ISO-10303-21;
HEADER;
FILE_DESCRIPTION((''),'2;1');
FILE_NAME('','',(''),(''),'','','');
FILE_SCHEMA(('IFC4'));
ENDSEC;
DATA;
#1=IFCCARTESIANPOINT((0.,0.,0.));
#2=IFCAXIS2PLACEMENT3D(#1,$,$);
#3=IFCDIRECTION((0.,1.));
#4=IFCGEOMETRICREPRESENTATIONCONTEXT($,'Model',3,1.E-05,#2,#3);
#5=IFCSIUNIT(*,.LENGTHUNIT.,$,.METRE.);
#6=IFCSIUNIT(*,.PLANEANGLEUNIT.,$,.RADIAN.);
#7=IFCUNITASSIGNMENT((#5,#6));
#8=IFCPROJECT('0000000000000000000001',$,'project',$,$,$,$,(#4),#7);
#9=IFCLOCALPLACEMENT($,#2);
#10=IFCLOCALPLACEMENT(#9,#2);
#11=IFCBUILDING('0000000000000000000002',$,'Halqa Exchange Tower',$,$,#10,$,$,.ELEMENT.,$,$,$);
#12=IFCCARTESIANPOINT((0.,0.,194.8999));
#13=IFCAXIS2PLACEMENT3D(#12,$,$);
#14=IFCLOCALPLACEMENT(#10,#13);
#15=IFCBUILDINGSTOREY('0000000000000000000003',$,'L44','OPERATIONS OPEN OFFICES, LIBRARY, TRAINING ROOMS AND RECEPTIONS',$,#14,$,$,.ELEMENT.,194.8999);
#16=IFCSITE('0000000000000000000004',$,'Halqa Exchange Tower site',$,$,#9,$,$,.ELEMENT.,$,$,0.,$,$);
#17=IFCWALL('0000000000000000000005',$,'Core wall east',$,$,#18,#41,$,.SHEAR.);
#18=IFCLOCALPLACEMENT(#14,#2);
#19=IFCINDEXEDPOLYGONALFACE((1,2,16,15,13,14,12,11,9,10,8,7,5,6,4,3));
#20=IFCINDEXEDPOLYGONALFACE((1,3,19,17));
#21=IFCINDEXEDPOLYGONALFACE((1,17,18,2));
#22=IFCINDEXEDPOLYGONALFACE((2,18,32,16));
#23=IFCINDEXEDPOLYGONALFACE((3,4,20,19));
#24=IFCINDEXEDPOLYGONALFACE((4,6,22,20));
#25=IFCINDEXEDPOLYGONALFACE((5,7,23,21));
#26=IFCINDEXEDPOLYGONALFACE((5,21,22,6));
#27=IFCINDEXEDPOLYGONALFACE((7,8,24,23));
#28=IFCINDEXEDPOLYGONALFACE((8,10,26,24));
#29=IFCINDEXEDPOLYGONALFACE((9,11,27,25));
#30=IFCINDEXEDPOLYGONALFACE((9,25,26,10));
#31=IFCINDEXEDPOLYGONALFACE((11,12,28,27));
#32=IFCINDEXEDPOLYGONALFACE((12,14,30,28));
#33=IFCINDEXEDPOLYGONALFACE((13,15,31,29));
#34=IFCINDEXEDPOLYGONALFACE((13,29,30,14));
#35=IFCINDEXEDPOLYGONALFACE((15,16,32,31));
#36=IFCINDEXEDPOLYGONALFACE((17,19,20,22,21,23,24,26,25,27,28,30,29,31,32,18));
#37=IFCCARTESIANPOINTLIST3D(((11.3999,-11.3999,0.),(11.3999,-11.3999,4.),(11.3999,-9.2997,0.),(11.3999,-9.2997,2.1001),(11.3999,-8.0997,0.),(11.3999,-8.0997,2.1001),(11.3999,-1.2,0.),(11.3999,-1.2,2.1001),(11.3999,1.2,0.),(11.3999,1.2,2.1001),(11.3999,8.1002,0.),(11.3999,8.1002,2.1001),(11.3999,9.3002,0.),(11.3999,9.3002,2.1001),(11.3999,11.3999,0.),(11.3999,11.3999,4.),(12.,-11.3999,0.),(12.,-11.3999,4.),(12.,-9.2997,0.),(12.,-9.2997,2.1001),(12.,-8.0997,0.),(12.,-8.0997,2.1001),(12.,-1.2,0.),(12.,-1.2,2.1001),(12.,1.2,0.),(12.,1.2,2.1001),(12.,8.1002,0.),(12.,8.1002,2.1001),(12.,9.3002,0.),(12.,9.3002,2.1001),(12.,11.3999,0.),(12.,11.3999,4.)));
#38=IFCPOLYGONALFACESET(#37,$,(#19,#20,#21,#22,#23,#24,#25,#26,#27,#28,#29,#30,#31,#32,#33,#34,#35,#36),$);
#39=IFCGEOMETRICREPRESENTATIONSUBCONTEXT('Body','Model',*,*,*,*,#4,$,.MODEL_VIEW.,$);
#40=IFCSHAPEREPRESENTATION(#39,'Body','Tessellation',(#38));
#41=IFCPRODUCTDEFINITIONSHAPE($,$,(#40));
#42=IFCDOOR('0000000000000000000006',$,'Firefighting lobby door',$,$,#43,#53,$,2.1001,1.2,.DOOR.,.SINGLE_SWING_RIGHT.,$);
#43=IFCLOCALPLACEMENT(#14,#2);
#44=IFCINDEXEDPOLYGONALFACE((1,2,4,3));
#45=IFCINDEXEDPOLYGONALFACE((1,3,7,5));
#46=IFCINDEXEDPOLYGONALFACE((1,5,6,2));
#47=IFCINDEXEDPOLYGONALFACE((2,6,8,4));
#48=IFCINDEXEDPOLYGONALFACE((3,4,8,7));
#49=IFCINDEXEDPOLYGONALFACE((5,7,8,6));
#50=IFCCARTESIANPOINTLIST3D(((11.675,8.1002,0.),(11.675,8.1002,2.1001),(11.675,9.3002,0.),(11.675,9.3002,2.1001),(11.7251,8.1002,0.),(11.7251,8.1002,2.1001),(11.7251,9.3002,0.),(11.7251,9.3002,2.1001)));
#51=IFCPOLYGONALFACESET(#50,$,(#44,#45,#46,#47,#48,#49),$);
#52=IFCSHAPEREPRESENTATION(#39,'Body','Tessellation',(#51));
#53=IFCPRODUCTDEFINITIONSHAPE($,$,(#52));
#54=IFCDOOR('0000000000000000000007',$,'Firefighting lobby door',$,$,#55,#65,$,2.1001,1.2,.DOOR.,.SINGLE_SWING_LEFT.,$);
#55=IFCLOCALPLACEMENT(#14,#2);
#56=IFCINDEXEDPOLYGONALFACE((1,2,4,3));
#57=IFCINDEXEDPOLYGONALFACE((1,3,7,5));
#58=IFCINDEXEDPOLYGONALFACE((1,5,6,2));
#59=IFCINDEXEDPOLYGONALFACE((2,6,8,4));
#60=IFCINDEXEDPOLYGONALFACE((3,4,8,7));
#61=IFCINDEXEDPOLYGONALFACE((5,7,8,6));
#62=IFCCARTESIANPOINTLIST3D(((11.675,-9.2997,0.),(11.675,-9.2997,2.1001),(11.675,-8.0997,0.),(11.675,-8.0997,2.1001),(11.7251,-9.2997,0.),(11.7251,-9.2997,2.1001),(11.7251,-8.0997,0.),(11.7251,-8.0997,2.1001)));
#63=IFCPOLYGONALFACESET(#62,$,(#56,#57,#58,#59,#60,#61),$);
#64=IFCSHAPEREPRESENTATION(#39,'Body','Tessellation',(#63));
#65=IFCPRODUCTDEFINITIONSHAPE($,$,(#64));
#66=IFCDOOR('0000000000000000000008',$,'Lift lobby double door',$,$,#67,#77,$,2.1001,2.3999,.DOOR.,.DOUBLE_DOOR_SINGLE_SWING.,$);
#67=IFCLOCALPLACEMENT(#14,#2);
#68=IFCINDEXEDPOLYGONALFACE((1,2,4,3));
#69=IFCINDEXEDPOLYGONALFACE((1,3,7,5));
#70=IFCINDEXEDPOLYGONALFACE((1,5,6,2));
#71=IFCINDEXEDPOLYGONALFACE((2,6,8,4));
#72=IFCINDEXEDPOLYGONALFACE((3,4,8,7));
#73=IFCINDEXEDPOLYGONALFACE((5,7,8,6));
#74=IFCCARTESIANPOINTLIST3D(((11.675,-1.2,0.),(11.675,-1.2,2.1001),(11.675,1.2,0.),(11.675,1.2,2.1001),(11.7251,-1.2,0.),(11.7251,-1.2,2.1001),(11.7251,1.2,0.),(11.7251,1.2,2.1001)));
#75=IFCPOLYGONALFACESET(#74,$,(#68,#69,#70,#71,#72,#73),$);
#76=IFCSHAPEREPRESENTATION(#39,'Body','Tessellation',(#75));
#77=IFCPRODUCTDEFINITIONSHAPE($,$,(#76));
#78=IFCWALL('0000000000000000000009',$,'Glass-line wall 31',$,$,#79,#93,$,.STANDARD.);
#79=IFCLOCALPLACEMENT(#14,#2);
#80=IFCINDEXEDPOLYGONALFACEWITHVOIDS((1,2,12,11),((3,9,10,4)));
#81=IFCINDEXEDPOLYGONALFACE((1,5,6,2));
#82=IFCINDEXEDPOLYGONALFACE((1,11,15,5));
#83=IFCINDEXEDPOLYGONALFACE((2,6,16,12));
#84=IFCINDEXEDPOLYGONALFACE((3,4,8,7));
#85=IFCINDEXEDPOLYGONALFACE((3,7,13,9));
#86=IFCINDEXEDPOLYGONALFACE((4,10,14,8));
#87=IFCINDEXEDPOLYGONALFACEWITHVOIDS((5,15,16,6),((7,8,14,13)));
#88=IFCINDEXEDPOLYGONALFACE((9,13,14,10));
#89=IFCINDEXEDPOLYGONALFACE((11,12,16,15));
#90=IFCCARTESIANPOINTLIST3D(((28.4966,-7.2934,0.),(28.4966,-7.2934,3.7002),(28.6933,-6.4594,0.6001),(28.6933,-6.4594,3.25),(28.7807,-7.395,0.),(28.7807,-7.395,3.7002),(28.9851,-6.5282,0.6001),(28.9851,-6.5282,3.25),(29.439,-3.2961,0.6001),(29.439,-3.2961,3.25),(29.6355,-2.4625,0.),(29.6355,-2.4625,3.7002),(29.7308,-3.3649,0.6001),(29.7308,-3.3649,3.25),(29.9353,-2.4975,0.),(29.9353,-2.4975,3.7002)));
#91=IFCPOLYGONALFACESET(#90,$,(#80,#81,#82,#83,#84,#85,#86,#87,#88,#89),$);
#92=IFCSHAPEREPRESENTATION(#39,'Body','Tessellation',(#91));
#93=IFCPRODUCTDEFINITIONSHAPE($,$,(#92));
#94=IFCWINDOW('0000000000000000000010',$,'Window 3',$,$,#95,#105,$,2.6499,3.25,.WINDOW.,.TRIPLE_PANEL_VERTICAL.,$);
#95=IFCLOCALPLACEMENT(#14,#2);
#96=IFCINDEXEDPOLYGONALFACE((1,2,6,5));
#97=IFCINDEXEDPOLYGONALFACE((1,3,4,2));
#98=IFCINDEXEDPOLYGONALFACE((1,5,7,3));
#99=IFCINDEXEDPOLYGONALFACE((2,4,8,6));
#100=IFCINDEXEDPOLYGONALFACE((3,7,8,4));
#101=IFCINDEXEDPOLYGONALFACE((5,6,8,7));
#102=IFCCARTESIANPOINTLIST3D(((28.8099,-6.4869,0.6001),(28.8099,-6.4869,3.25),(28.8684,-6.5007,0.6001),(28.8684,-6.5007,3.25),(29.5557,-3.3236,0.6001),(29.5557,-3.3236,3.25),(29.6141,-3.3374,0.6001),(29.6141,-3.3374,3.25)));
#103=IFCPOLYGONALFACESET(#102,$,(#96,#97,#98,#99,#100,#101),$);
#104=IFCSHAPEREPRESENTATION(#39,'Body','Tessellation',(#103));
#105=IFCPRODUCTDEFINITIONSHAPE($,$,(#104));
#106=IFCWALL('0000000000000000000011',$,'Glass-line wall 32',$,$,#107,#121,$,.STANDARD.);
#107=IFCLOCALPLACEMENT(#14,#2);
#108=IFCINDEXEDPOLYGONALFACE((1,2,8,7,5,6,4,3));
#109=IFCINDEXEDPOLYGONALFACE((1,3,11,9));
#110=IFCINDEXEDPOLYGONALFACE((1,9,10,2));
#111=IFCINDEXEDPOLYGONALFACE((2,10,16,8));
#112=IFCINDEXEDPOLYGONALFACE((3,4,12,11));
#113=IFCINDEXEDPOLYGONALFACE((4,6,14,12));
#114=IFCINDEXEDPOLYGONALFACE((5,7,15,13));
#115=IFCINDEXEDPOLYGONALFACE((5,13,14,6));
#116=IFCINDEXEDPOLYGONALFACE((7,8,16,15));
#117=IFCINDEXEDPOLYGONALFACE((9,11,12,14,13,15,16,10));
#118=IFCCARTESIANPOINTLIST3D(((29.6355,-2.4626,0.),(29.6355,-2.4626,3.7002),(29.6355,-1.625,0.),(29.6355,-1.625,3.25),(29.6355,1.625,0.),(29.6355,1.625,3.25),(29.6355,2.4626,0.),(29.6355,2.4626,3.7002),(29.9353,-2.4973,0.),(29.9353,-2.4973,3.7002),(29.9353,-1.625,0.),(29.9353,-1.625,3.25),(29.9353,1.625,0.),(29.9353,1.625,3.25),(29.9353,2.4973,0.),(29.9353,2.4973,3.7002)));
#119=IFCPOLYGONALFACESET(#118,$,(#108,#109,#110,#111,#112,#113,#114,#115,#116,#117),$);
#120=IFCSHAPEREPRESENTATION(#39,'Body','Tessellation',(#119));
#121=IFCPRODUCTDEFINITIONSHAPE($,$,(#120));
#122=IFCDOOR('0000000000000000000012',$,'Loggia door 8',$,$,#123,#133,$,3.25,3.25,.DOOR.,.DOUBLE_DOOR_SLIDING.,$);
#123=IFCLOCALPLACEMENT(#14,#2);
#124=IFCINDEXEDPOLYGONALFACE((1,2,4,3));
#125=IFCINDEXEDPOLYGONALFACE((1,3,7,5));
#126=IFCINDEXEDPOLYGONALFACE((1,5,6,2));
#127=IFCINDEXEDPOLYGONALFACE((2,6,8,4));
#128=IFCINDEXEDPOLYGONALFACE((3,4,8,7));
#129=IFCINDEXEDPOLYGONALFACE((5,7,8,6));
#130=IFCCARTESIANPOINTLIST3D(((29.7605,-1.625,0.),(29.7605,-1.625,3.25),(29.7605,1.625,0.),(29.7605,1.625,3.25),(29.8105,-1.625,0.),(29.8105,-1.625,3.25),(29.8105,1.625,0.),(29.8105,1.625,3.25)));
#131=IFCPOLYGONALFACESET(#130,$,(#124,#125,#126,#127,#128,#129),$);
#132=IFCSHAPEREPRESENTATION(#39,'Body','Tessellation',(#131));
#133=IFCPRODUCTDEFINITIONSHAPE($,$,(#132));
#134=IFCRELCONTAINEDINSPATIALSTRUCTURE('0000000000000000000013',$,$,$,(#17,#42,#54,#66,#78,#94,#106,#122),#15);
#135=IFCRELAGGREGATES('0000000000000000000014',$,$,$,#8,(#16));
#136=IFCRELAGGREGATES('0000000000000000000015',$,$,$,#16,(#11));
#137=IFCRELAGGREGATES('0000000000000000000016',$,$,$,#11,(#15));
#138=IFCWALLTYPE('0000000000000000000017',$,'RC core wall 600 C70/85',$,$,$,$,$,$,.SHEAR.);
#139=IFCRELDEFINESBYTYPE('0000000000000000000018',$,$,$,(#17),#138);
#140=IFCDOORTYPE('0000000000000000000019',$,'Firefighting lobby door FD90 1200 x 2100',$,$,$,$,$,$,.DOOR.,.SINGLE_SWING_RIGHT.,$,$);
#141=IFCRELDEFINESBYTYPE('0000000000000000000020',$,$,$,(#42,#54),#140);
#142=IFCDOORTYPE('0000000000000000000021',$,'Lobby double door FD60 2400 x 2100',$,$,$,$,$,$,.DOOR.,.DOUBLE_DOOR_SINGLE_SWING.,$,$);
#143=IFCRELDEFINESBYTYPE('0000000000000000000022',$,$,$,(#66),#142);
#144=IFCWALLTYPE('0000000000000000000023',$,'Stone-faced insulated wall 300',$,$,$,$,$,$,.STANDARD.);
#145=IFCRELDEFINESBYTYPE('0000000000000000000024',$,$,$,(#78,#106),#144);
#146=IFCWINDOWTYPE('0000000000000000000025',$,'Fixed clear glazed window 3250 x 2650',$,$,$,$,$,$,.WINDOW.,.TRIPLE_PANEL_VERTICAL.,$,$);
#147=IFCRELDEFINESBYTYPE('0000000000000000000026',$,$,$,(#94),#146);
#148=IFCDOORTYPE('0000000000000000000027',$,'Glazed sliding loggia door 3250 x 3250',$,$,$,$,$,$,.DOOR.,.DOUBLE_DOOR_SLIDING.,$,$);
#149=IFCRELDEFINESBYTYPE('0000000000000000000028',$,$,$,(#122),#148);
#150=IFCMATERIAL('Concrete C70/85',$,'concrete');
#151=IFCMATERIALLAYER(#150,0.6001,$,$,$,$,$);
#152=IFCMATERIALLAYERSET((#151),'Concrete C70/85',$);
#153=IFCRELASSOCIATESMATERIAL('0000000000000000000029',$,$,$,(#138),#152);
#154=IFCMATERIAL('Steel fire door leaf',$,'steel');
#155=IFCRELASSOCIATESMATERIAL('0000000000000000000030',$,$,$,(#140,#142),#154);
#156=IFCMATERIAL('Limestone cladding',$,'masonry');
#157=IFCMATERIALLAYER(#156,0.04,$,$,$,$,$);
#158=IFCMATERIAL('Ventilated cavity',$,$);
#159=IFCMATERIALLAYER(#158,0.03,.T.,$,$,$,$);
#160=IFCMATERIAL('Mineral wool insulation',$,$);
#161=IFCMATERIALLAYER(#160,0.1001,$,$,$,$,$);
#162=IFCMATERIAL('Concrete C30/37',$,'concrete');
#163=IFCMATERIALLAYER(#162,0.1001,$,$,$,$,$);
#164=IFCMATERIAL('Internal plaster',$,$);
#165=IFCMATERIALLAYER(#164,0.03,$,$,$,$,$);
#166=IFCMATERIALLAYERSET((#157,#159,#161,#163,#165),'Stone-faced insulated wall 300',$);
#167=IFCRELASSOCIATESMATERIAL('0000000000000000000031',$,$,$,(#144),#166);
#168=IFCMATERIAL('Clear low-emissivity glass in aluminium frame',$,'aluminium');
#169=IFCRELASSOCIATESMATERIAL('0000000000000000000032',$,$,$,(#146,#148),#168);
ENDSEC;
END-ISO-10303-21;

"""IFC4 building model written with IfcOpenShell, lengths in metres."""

from ifc_helpers import new_model, si_unit, direction, frame, frame_2d, origin, place, context, subcontext, project, spatial, polyline, rectangle, outline, extrude, material, layer, layer_set, type_object, element, fill, save


model = new_model("IFC4")

# Units and contexts
model_context = context("Model", 3, precision=1e-05, world=origin(), true_north=direction((0.0, 1.0)))
body_context = subcontext(model_context, "Body", "Model", "MODEL_VIEW")
ifc_project = project(units=[si_unit("LENGTHUNIT", "METRE"), si_unit("PLANEANGLEUNIT", "RADIAN")], contexts=[model_context])

# Site, building, storey
site_placement = place(None, origin())
site = spatial("IfcSite", under=ifc_project, at=site_placement, Name="Halqa Exchange Tower site", CompositionType="ELEMENT", RefElevation=0.0)
building_placement = place(site_placement, origin())
building = spatial("IfcBuilding", under=site, at=building_placement, Name="Halqa Exchange Tower", CompositionType="ELEMENT")
storey_placement = place(building_placement, frame((0.0, 0.0, 194.8999)))
storey = spatial("IfcBuildingStorey", under=building, at=storey_placement, Name="L44", Description="OPERATIONS OPEN OFFICES, LIBRARY, TRAINING ROOMS AND RECEPTIONS", CompositionType="ELEMENT", Elevation=194.8999)

# Shared definitions
ifc_material_1 = material(Name="Steel fire door leaf", Category="steel")

# Wall, openings, doors
ifc_material_2 = material(Name="Concrete C70/85", Category="concrete")
ifc_layer_1 = layer(ifc_material_2, 0.6001)
ifc_layer_set_1 = layer_set([ifc_layer_1], Name="Concrete C70/85")
wall_type_1 = type_object("IfcWallType", Name="RC core wall 600 C70/85", PredefinedType="SHEAR", material=ifc_layer_set_1)
wall_1_placement = place(storey_placement, frame((11.7, -11.3999, 0.0), z_axis=(0.0, 0.0, 1.0), x_axis=(0.0, 1.0, 0.0)))
wall_1 = element("IfcWall", 1, at=wall_1_placement, inside=storey, type_object=wall_type_1, Name="Core wall east", PredefinedType="SHEAR", context=body_context, shape_type="SweptSolid", body=[
    extrude(rectangle(XDim=22.7998, YDim=0.6001, at=frame_2d((11.3999, 0.0))), origin(), (0.0, 0.0, 1.0), 4.0),
])
opening_1_placement = place(wall_1_placement, frame((10.2, 0.0, 0.0)))
opening_1 = element("IfcOpeningElement", 2, at=opening_1_placement, cuts=wall_1, PredefinedType="OPENING", context=body_context, shape_type="SweptSolid", body=[
    extrude(rectangle(XDim=2.3999, YDim=2.1001, at=frame_2d((1.2, 1.05))), frame((0.0, 0.312, 0.0), z_axis=(0.0, -1.0, 0.0), x_axis=(1.0, 0.0, 0.0)), (0.0, 0.0, 1.0), 0.624),
])
opening_2_placement = place(wall_1_placement, frame((19.5, 0.0, 0.0)))
opening_2 = element("IfcOpeningElement", 3, at=opening_2_placement, cuts=wall_1, PredefinedType="OPENING", context=body_context, shape_type="SweptSolid", body=[
    extrude(rectangle(XDim=1.2, YDim=2.1001, at=frame_2d((0.6001, 1.05))), frame((0.0, 0.312, 0.0), z_axis=(0.0, -1.0, 0.0), x_axis=(1.0, 0.0, 0.0)), (0.0, 0.0, 1.0), 0.624),
])
opening_3_placement = place(wall_1_placement, frame((2.1001, 0.0, 0.0)))
opening_3 = element("IfcOpeningElement", 4, at=opening_3_placement, cuts=wall_1, PredefinedType="OPENING", context=body_context, shape_type="SweptSolid", body=[
    extrude(rectangle(XDim=1.2, YDim=2.1001, at=frame_2d((0.6001, 1.05))), frame((0.0, 0.312, 0.0), z_axis=(0.0, -1.0, 0.0), x_axis=(1.0, 0.0, 0.0)), (0.0, 0.0, 1.0), 0.624),
])
door_type_1 = type_object("IfcDoorType", Name="Firefighting lobby door FD90 1200 x 2100", OperationType="SINGLE_SWING_RIGHT", PredefinedType="DOOR", material=ifc_material_1)
door_1_placement = place(opening_2_placement, origin())
door_1 = element("IfcDoor", 5, at=door_1_placement, inside=storey, type_object=door_type_1, Name="Firefighting lobby door", OperationType="SINGLE_SWING_RIGHT", OverallHeight=2.1001, OverallWidth=1.2, PredefinedType="DOOR", context=body_context, shape_type="SweptSolid", body=[
    extrude(rectangle(XDim=1.2, YDim=2.1001, at=frame_2d((0.6001, 1.05))), frame((0.0, 0.0249, 0.0), z_axis=(0.0, -1.0, 0.0), x_axis=(1.0, 0.0, 0.0)), (0.0, 0.0, 1.0), 0.05),
])
fill(opening_2, door_1)
door_2_placement = place(opening_3_placement, origin())
door_2 = element("IfcDoor", 6, at=door_2_placement, inside=storey, type_object=door_type_1, Name="Firefighting lobby door", OperationType="SINGLE_SWING_LEFT", OverallHeight=2.1001, OverallWidth=1.2, PredefinedType="DOOR", context=body_context, shape_type="SweptSolid", body=[
    extrude(rectangle(XDim=1.2, YDim=2.1001, at=frame_2d((0.6001, 1.05))), frame((0.0, 0.0249, 0.0), z_axis=(0.0, -1.0, 0.0), x_axis=(1.0, 0.0, 0.0)), (0.0, 0.0, 1.0), 0.05),
])
fill(opening_3, door_2)
door_type_2 = type_object("IfcDoorType", Name="Lobby double door FD60 2400 x 2100", OperationType="DOUBLE_DOOR_SINGLE_SWING", PredefinedType="DOOR", material=ifc_material_1)
door_3_placement = place(opening_1_placement, origin())
door_3 = element("IfcDoor", 7, at=door_3_placement, inside=storey, type_object=door_type_2, Name="Lift lobby double door", OperationType="DOUBLE_DOOR_SINGLE_SWING", OverallHeight=2.1001, OverallWidth=2.3999, PredefinedType="DOOR", context=body_context, shape_type="SweptSolid", body=[
    extrude(rectangle(XDim=2.3999, YDim=2.1001, at=frame_2d((1.2, 1.05))), frame((0.0, 0.0249, 0.0), z_axis=(0.0, -1.0, 0.0), x_axis=(1.0, 0.0, 0.0)), (0.0, 0.0, 1.0), 0.05),
])
fill(opening_1, door_3)

# Wall, opening, window
ifc_material_3 = material(Name="Limestone cladding", Category="masonry")
ifc_layer_2 = layer(ifc_material_3, 0.04)
ifc_material_4 = material(Name="Ventilated cavity")
ifc_layer_3 = layer(ifc_material_4, 0.03, ventilated=True)
ifc_material_5 = material(Name="Mineral wool insulation")
ifc_layer_4 = layer(ifc_material_5, 0.1001)
ifc_material_6 = material(Name="Concrete C30/37", Category="concrete")
ifc_layer_5 = layer(ifc_material_6, 0.1001)
ifc_material_7 = material(Name="Internal plaster")
ifc_layer_6 = layer(ifc_material_7, 0.03)
ifc_layer_set_2 = layer_set([ifc_layer_2, ifc_layer_3, ifc_layer_4, ifc_layer_5, ifc_layer_6], Name="Stone-faced insulated wall 300")
wall_type_2 = type_object("IfcWallType", Name="Stone-faced insulated wall 300", PredefinedType="STANDARD", material=ifc_layer_set_2)
wall_2_placement = place(storey_placement, frame((28.6387, -7.3442, 0.0), z_axis=(0.0, 0.0, 1.0), x_axis=(0.229456, 0.973319, 0.0)))
wall_2 = element("IfcWall", 8, at=wall_2_placement, inside=storey, type_object=wall_type_2, Name="Glass-line wall 31", PredefinedType="STANDARD", context=body_context, shape_type="SweptSolid", body=[
    extrude(outline(polyline([(-0.0168, -0.1499), (5.0149, -0.1499), (4.9802, 0.1499), (0.0168, 0.1499), (-0.0168, -0.1499)])), origin(), (0.0, 0.0, 1.0), 3.7002),
])
opening_4_placement = place(wall_2_placement, frame((0.8738, 0.0, 0.6001)))
opening_4 = element("IfcOpeningElement", 9, at=opening_4_placement, cuts=wall_2, PredefinedType="OPENING", context=body_context, shape_type="SweptSolid", body=[
    extrude(rectangle(XDim=3.25, YDim=2.6499, at=frame_2d((1.625, 1.325))), frame((0.0, 0.1621, 0.0), z_axis=(0.0, -1.0, 0.0), x_axis=(1.0, 0.0, 0.0)), (0.0, 0.0, 1.0), 0.324),
])
ifc_material_8 = material(Name="Clear low-emissivity glass in aluminium frame", Category="aluminium")
window_type = type_object("IfcWindowType", Name="Fixed clear glazed window 3250 x 2650", PartitioningType="TRIPLE_PANEL_VERTICAL", PredefinedType="WINDOW", material=ifc_material_8)
window_placement = place(opening_4_placement, origin())
window = element("IfcWindow", 10, at=window_placement, inside=storey, type_object=window_type, Name="Window 3", OverallHeight=2.6499, OverallWidth=3.25, PartitioningType="TRIPLE_PANEL_VERTICAL", PredefinedType="WINDOW", context=body_context, shape_type="SweptSolid", body=[
    extrude(rectangle(XDim=3.25, YDim=2.6499, at=frame_2d((1.625, 1.325))), frame((0.0, 0.03, 0.0), z_axis=(0.0, -1.0, 0.0), x_axis=(1.0, 0.0, 0.0)), (0.0, 0.0, 1.0), 0.0601),
])
fill(opening_4, window)

# Wall, opening, door
wall_3_placement = place(storey_placement, frame((29.7854, -2.48, 0.0), z_axis=(0.0, 0.0, 1.0), x_axis=(0.0, 1.0, 0.0)))
wall_3 = element("IfcWall", 11, at=wall_3_placement, inside=storey, type_object=wall_type_2, Name="Glass-line wall 32", PredefinedType="STANDARD", context=body_context, shape_type="SweptSolid", body=[
    extrude(outline(polyline([(-0.0173, -0.1499), (4.9773, -0.1499), (4.9426, 0.1499), (0.0173, 0.1499), (-0.0173, -0.1499)])), origin(), (0.0, 0.0, 1.0), 3.7002),
])
opening_5_placement = place(wall_3_placement, frame((0.855, 0.0, 0.0)))
opening_5 = element("IfcOpeningElement", 12, at=opening_5_placement, cuts=wall_3, PredefinedType="OPENING", context=body_context, shape_type="SweptSolid", body=[
    extrude(rectangle(XDim=3.25, YDim=3.25, at=frame_2d((1.625, 1.625))), frame((0.0, 0.1621, 0.0), z_axis=(0.0, -1.0, 0.0), x_axis=(1.0, 0.0, 0.0)), (0.0, 0.0, 1.0), 0.324),
])
door_type_3 = type_object("IfcDoorType", Name="Glazed sliding loggia door 3250 x 3250", OperationType="DOUBLE_DOOR_SLIDING", PredefinedType="DOOR", material=ifc_material_8)
door_4_placement = place(opening_5_placement, origin())
door_4 = element("IfcDoor", 13, at=door_4_placement, inside=storey, type_object=door_type_3, Name="Loggia door 8", OperationType="DOUBLE_DOOR_SLIDING", OverallHeight=3.25, OverallWidth=3.25, PredefinedType="DOOR", context=body_context, shape_type="SweptSolid", body=[
    extrude(rectangle(XDim=3.25, YDim=3.25, at=frame_2d((1.625, 1.625))), frame((0.0, 0.0249, 0.0), z_axis=(0.0, -1.0, 0.0), x_axis=(1.0, 0.0, 0.0)), (0.0, 0.0, 1.0), 0.05),
])
fill(opening_5, door_4)

save(model, "model.ifc")
